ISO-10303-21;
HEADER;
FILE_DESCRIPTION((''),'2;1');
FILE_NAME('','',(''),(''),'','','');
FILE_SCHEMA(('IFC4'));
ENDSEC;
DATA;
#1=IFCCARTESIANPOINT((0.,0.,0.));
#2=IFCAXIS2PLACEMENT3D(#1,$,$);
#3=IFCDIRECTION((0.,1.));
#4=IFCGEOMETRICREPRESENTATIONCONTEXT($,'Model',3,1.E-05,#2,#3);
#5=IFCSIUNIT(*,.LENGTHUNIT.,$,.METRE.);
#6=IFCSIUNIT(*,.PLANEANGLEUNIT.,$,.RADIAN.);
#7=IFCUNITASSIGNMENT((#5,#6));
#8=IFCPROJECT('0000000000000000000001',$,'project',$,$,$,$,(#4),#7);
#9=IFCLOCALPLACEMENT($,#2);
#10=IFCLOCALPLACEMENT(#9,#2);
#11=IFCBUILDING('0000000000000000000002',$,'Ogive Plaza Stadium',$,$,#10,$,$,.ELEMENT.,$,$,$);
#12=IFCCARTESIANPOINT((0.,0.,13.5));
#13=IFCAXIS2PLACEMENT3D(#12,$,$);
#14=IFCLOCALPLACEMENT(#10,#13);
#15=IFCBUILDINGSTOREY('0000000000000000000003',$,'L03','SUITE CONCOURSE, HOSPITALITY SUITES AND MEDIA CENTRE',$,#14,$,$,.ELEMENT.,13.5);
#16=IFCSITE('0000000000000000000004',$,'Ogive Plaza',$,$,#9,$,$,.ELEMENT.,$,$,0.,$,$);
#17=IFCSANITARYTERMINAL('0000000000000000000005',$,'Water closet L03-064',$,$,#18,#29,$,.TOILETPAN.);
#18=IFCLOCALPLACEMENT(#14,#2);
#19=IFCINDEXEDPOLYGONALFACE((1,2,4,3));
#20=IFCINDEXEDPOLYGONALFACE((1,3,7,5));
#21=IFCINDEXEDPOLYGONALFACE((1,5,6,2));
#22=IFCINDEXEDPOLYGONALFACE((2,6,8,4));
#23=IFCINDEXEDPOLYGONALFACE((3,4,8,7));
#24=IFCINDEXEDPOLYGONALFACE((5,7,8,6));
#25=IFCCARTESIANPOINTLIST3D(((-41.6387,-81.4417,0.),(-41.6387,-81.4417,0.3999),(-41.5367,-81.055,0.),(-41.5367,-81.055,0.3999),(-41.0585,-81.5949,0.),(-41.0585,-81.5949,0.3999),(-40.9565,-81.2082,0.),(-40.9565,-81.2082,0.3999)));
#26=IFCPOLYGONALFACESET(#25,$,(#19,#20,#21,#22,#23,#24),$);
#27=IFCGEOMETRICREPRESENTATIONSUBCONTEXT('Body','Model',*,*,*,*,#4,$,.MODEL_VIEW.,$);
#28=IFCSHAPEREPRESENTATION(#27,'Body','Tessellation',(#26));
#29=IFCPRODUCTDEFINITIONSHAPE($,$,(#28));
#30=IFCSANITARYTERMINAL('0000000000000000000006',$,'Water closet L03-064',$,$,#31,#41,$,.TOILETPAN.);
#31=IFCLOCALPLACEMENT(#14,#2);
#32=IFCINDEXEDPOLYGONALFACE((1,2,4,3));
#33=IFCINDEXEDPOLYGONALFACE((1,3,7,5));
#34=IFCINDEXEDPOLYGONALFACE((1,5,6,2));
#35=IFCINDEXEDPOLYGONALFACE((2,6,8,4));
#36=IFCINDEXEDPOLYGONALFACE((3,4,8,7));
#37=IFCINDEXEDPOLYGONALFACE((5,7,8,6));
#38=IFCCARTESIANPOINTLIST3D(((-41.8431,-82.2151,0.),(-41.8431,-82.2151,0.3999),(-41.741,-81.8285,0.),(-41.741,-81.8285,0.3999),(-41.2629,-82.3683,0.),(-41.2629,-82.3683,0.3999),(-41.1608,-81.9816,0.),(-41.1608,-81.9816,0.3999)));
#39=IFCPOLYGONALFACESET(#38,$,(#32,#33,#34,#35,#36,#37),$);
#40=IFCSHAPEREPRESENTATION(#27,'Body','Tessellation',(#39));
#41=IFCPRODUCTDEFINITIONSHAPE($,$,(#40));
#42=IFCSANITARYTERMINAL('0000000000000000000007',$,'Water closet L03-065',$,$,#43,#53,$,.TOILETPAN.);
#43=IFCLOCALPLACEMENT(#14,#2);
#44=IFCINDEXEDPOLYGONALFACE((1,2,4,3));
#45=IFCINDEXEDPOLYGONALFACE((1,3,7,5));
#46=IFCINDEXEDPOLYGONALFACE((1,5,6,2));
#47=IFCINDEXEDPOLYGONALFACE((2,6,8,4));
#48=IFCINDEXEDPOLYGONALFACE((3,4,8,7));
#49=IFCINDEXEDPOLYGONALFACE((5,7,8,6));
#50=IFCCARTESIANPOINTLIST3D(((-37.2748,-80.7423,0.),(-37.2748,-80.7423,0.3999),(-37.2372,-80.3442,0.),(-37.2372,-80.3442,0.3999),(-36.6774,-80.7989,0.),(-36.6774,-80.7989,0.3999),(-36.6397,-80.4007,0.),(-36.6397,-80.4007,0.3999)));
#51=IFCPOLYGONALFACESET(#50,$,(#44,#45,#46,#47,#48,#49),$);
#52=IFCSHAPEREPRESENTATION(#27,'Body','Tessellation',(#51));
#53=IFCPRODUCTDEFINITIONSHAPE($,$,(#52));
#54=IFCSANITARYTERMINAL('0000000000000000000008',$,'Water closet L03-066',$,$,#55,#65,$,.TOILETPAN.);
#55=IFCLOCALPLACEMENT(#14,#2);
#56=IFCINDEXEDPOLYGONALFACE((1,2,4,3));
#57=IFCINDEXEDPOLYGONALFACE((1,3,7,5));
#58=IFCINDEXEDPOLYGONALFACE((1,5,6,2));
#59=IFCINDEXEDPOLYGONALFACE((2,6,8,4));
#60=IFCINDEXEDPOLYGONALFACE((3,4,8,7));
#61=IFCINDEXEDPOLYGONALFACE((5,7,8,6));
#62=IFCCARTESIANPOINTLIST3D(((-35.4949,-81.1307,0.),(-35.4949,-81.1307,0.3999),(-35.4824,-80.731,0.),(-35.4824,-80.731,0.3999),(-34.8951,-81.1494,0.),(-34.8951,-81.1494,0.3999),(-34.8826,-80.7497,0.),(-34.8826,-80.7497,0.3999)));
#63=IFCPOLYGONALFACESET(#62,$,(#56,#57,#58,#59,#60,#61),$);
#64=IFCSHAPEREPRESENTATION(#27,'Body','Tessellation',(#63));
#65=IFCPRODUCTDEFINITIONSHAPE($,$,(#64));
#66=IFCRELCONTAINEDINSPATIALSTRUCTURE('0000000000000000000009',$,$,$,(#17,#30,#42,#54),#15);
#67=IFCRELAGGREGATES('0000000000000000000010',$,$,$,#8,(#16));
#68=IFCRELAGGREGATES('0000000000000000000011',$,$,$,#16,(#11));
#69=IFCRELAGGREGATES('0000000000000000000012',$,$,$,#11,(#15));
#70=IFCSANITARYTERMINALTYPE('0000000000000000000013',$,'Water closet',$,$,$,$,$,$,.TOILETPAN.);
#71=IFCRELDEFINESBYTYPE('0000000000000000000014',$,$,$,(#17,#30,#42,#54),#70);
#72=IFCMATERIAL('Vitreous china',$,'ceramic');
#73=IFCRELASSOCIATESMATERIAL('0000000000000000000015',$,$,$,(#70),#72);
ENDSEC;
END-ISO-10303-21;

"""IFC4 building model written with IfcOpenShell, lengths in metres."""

from ifc_helpers import new_model, si_unit, direction, frame, origin, origin_2d, place, context, subcontext, project, spatial, rectangle, extrude, material, type_object, element, save


model = new_model("IFC4")

# Units and contexts
model_context = context("Model", 3, precision=1e-05, world=origin(), true_north=direction((0.0, 1.0)))
body_context = subcontext(model_context, "Body", "Model", "MODEL_VIEW")
ifc_project = project(units=[si_unit("LENGTHUNIT", "METRE"), si_unit("PLANEANGLEUNIT", "RADIAN")], contexts=[model_context])

# Site, building, storey
site_placement = place(None, origin())
site = spatial("IfcSite", under=ifc_project, at=site_placement, Name="Ogive Plaza", CompositionType="ELEMENT", RefElevation=0.0)
building_placement = place(site_placement, origin())
building = spatial("IfcBuilding", under=site, at=building_placement, Name="Ogive Plaza Stadium", CompositionType="ELEMENT")
storey_placement = place(building_placement, frame((0.0, 0.0, 13.5)))
storey = spatial("IfcBuildingStorey", under=building, at=storey_placement, Name="L03", Description="SUITE CONCOURSE, HOSPITALITY SUITES AND MEDIA CENTRE", CompositionType="ELEMENT", Elevation=13.5)

# Sanitary terminals
ifc_material_1 = material(Name="Vitreous china", Category="ceramic")
sanitary_terminal_type_1 = type_object("IfcSanitaryTerminalType", Name="Water closet", PredefinedType="TOILETPAN", material=ifc_material_1)
for number, where, z_axis, x_axis, name in (
    (1, (-41.2976, -81.325, 0.0), (0.0, 0.0, 1.0), (-0.255199, -0.966888, 0.0), "Water closet L03-064"),
    (2, (-41.502, -82.0984, 0.0), (0.0, 0.0, 1.0), (-0.255199, -0.966888, 0.0), "Water closet L03-064"),
    (3, (-36.9573, -80.5715, 0.0), (0.0, 0.0, 1.0), (-0.094193, -0.995554, 0.0), "Water closet L03-065"),
    (4, (-35.1887, -80.9402, 0.0), (0.0, 0.0, 1.0), (-0.031226, -0.999512, 0.0), "Water closet L03-066"),
):
    element("IfcSanitaryTerminal", number, at=place(storey_placement, frame(where, z_axis=z_axis, x_axis=x_axis)), inside=storey, type_object=sanitary_terminal_type_1, Name=name, PredefinedType="TOILETPAN", context=body_context, shape_type="SweptSolid", body=[
        extrude(rectangle(XDim=0.3999, YDim=0.6001, at=origin_2d()), origin(), (0.0, 0.0, 1.0), 0.3999),
    ])

save(model, "model.ifc")
